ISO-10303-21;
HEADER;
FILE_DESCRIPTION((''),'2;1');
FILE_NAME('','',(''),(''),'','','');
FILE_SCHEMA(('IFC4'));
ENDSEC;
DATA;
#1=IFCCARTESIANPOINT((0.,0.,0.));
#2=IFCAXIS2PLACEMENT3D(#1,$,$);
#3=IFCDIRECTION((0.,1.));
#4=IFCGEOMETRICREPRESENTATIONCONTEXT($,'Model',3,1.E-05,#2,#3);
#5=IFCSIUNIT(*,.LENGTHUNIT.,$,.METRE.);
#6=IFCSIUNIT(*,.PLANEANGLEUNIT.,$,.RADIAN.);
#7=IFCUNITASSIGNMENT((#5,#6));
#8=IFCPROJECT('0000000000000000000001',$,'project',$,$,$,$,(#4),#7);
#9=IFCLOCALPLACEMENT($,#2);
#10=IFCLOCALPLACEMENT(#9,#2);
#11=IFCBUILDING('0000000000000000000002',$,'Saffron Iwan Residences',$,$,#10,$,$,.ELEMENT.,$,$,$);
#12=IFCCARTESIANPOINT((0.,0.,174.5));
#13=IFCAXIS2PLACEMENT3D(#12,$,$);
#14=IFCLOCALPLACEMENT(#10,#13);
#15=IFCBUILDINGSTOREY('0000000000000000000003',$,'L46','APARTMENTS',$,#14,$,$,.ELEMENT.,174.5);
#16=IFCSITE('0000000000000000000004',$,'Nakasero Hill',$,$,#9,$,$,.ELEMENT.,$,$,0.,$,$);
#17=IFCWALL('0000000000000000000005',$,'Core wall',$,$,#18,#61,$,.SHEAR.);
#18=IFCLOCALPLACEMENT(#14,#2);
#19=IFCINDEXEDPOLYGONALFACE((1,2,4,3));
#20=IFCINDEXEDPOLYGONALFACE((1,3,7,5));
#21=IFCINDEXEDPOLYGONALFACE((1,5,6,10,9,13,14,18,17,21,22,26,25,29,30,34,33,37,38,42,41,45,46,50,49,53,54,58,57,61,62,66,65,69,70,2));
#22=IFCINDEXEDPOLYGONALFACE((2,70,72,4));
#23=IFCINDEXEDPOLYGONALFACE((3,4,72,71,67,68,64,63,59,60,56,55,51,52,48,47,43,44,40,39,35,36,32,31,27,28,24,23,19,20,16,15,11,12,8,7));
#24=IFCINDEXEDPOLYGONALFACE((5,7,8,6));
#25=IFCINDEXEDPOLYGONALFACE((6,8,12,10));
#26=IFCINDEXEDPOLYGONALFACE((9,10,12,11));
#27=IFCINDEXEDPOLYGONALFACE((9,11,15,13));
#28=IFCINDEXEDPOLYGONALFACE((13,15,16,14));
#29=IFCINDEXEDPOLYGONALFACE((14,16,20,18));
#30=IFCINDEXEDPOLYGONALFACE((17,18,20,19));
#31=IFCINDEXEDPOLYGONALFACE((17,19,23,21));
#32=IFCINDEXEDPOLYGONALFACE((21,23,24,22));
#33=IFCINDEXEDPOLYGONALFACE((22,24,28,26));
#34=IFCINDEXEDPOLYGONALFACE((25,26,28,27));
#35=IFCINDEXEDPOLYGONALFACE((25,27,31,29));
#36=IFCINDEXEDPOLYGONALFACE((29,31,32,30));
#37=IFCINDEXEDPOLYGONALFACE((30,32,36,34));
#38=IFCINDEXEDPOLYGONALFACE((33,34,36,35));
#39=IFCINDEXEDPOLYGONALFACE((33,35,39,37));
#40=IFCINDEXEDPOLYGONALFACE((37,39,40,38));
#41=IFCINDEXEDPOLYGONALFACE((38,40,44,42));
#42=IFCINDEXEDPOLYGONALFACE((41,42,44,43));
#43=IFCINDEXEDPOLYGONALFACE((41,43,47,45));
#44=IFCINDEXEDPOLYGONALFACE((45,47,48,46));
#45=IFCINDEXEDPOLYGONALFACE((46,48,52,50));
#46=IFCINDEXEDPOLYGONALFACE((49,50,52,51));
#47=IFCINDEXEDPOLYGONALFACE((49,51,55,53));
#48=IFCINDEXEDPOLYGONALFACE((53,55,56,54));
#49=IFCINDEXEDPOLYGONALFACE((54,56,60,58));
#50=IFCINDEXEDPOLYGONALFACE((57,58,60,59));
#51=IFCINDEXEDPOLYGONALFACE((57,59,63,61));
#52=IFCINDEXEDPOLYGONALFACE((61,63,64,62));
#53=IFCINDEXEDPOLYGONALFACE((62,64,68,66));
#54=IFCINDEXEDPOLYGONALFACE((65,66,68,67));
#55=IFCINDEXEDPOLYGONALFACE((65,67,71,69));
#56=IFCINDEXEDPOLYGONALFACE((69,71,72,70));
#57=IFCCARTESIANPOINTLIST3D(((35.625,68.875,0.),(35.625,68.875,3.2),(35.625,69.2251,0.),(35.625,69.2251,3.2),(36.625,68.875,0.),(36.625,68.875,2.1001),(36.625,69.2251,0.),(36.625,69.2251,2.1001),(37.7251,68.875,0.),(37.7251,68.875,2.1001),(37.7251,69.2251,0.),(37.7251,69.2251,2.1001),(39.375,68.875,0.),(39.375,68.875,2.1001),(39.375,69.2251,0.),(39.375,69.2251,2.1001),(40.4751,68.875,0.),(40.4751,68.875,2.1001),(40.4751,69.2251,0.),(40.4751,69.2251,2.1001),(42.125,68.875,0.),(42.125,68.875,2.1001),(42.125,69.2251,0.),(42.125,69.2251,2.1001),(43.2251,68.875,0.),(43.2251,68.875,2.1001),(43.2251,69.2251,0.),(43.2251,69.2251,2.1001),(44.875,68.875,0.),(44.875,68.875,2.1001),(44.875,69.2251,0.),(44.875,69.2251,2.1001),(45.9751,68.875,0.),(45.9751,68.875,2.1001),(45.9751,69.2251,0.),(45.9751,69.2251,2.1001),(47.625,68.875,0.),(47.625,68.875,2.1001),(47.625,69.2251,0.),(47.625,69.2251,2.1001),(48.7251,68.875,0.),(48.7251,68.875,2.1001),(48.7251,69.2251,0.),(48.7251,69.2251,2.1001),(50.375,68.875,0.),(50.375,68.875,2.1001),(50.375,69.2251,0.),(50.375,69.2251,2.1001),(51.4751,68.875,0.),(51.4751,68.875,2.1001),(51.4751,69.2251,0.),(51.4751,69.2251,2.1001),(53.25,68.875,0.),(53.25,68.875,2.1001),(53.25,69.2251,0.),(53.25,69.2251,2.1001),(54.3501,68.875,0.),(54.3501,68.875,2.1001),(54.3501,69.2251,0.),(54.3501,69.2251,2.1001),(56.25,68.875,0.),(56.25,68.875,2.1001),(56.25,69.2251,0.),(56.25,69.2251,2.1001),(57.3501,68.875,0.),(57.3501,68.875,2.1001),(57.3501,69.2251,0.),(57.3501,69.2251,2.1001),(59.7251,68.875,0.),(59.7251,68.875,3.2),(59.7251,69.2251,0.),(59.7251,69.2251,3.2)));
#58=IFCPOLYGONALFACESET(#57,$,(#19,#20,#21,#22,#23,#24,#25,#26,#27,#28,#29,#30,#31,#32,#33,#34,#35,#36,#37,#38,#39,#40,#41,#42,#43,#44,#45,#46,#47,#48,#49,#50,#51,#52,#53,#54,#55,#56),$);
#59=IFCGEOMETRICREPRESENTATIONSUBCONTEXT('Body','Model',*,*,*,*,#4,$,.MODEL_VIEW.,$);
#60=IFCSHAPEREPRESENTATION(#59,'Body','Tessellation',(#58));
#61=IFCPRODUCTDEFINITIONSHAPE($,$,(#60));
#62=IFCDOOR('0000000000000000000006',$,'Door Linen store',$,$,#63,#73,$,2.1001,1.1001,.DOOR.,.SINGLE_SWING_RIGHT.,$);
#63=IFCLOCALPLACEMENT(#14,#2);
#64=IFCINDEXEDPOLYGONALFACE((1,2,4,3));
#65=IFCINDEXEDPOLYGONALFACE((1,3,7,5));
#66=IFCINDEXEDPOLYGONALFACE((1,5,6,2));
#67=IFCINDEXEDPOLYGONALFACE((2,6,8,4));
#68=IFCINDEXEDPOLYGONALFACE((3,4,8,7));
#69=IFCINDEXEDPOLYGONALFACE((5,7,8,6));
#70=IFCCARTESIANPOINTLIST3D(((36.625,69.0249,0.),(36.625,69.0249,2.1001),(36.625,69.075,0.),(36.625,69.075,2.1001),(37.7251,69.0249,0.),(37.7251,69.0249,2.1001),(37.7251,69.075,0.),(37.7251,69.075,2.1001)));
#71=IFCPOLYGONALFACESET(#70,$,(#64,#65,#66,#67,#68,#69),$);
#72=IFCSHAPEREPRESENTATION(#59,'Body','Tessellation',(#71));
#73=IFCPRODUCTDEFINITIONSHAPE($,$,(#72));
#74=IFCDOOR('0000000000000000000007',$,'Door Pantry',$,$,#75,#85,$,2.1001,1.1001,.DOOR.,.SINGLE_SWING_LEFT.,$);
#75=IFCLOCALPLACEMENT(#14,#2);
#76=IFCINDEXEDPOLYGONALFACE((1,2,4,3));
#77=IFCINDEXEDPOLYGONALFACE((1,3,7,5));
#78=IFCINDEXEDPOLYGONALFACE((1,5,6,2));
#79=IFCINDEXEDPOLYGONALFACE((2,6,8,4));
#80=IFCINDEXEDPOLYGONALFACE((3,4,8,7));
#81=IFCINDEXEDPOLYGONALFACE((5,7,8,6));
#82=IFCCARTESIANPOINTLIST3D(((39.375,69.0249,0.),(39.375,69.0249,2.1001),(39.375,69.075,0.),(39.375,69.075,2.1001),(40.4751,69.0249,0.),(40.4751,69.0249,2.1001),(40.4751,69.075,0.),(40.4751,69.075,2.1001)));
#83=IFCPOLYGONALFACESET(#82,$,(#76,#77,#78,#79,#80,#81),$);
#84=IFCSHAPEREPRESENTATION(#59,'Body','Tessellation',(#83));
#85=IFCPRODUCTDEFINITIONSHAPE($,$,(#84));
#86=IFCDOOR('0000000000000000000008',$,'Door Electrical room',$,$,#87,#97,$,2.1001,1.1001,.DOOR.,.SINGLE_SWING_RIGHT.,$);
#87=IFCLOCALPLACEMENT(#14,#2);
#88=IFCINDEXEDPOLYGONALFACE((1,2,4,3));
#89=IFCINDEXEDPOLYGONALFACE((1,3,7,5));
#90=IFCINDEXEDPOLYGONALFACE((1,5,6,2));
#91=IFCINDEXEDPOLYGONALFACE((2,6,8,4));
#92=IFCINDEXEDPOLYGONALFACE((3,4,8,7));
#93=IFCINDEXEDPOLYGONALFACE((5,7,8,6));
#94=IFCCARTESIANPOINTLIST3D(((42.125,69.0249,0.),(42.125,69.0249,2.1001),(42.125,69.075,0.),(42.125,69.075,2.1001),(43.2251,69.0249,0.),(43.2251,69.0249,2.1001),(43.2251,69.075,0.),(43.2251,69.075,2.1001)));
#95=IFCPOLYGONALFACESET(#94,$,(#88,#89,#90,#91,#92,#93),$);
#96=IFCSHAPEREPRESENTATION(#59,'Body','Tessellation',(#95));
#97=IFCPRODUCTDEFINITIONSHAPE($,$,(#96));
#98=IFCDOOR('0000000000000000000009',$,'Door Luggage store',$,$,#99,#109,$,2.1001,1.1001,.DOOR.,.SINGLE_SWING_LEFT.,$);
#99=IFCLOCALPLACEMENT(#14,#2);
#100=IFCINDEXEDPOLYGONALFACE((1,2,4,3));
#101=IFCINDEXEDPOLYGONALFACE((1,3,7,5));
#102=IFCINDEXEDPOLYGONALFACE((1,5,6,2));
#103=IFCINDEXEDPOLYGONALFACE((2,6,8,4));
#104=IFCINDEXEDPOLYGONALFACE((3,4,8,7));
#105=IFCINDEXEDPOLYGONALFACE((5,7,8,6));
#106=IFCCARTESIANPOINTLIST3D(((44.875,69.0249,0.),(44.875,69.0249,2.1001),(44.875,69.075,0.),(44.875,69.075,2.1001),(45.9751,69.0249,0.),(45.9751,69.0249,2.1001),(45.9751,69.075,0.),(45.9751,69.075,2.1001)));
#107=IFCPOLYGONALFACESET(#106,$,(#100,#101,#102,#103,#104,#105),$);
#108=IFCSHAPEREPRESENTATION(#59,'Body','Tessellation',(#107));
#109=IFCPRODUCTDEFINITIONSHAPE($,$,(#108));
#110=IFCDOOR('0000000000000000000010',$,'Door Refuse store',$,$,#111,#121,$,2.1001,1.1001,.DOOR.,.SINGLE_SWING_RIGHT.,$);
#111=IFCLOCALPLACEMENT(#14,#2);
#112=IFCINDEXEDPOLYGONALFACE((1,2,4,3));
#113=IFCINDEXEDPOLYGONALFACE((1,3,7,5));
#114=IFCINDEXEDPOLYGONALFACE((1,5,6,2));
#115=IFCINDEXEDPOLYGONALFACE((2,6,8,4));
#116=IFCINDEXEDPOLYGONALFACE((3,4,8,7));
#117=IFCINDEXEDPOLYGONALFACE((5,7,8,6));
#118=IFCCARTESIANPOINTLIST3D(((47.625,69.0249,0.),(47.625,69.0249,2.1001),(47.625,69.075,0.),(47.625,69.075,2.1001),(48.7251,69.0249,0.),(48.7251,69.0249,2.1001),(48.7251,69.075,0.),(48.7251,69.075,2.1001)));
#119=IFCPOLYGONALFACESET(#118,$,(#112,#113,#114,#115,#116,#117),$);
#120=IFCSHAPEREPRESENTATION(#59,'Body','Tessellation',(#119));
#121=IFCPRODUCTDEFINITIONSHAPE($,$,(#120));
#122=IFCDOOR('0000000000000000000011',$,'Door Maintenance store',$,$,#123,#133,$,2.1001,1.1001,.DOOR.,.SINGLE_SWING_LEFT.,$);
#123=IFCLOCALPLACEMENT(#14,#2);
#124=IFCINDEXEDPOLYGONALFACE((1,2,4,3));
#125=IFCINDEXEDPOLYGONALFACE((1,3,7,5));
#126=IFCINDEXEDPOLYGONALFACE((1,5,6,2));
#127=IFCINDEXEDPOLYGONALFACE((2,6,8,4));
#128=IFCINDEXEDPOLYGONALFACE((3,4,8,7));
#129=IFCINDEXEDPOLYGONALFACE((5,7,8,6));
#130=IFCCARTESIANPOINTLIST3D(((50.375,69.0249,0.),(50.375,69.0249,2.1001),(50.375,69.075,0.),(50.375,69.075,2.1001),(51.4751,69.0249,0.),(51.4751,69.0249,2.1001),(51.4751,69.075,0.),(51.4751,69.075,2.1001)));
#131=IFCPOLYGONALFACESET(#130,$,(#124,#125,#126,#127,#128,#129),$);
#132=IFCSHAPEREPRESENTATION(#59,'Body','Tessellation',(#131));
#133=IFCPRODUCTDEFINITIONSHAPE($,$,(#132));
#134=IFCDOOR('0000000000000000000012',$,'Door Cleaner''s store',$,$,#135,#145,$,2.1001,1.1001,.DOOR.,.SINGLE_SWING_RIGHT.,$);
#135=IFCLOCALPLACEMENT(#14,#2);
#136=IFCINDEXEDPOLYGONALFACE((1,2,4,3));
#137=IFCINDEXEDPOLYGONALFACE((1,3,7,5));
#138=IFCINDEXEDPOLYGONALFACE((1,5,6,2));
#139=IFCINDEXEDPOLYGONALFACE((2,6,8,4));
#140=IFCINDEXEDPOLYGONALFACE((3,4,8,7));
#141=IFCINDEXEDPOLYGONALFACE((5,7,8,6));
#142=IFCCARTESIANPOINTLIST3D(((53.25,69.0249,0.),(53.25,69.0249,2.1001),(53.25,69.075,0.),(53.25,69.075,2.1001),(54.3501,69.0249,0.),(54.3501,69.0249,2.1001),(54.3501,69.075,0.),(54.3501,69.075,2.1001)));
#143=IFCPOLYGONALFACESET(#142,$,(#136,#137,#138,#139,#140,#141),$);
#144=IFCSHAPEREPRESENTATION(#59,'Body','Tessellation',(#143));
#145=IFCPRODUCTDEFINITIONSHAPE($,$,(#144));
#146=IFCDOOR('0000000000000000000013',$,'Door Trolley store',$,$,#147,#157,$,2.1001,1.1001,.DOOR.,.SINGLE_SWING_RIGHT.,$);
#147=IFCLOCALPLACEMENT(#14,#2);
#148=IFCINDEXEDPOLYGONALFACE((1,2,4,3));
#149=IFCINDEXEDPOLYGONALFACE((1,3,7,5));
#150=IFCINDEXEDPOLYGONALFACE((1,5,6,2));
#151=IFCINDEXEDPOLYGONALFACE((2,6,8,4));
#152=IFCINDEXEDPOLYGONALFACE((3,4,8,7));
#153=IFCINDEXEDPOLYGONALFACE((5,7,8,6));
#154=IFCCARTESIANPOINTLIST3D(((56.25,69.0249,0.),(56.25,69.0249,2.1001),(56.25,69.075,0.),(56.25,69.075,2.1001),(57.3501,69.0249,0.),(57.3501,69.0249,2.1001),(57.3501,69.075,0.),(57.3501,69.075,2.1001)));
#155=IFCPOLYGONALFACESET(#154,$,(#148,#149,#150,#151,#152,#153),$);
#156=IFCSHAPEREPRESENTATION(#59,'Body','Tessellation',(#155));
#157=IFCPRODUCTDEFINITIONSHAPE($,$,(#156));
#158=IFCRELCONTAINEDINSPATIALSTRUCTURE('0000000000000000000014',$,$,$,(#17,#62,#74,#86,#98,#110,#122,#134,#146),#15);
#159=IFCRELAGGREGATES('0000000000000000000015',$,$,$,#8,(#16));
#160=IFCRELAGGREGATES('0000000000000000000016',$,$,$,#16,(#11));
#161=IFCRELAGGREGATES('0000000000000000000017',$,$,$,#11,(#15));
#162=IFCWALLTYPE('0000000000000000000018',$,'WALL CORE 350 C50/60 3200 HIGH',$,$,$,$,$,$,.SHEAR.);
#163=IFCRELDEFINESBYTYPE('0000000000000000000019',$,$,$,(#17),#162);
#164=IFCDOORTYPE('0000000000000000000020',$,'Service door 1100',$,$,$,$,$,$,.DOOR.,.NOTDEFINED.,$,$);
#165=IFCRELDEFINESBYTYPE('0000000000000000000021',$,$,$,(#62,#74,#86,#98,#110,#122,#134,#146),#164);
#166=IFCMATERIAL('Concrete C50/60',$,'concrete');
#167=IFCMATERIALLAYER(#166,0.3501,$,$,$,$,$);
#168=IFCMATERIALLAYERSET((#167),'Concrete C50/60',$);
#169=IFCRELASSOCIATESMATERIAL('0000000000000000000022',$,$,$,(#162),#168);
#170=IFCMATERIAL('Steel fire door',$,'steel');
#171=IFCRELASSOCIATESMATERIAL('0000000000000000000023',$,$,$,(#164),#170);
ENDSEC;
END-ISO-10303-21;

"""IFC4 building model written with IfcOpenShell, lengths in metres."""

from ifc_helpers import new_model, si_unit, direction, frame, frame_2d, origin, place, context, subcontext, project, spatial, rectangle, extrude, material, layer, layer_set, type_object, element, fill, save


model = new_model("IFC4")

# Units and contexts
model_context = context("Model", 3, precision=1e-05, world=origin(), true_north=direction((0.0, 1.0)))
body_context = subcontext(model_context, "Body", "Model", "MODEL_VIEW")
ifc_project = project(units=[si_unit("LENGTHUNIT", "METRE"), si_unit("PLANEANGLEUNIT", "RADIAN")], contexts=[model_context])

# Site, building, storey
site_placement = place(None, origin())
site = spatial("IfcSite", under=ifc_project, at=site_placement, Name="Nakasero Hill", CompositionType="ELEMENT", RefElevation=0.0)
building_placement = place(site_placement, origin())
building = spatial("IfcBuilding", under=site, at=building_placement, Name="Saffron Iwan Residences", CompositionType="ELEMENT")
storey_placement = place(building_placement, frame((0.0, 0.0, 174.5)))
storey = spatial("IfcBuildingStorey", under=building, at=storey_placement, Name="L46", Description="APARTMENTS", CompositionType="ELEMENT", Elevation=174.5)

# Shared definitions
ifc_material_1 = material(Name="Concrete C50/60", Category="concrete")

# Wall, openings, doors
ifc_layer_1 = layer(ifc_material_1, 0.3501)
ifc_layer_set_1 = layer_set([ifc_layer_1], Name="Concrete C50/60")
wall_type_1 = type_object("IfcWallType", Name="WALL CORE 350 C50/60 3200 HIGH", PredefinedType="SHEAR", material=ifc_layer_set_1)
wall_1_placement = place(storey_placement, frame((35.625, 69.05, 0.0), z_axis=(0.0, 0.0, 1.0), x_axis=(1.0, 0.0, 0.0)))
wall_1 = element("IfcWall", 1, at=wall_1_placement, inside=storey, type_object=wall_type_1, Name="Core wall", PredefinedType="SHEAR", context=body_context, shape_type="SweptSolid", body=[
    extrude(rectangle(XDim=24.1001, YDim=0.3501, at=frame_2d((12.05, 0.0))), origin(), (0.0, 0.0, 1.0), 3.2),
])
opening_1_placement = place(wall_1_placement, frame((1.0, 0.0, 0.0)))
opening_1 = element("IfcOpeningElement", 2, at=opening_1_placement, cuts=wall_1, PredefinedType="OPENING", context=body_context, shape_type="SweptSolid", body=[
    extrude(rectangle(XDim=1.1001, YDim=2.1001, at=frame_2d((0.55, 1.05))), frame((0.0, 0.1851, 0.0), z_axis=(0.0, -1.0, 0.0), x_axis=(1.0, 0.0, 0.0)), (0.0, 0.0, 1.0), 0.3701),
])
opening_2_placement = place(wall_1_placement, frame((3.75, 0.0, 0.0)))
opening_2 = element("IfcOpeningElement", 3, at=opening_2_placement, cuts=wall_1, PredefinedType="OPENING", context=body_context, shape_type="SweptSolid", body=[
    extrude(rectangle(XDim=1.1001, YDim=2.1001, at=frame_2d((0.55, 1.05))), frame((0.0, 0.1851, 0.0), z_axis=(0.0, -1.0, 0.0), x_axis=(1.0, 0.0, 0.0)), (0.0, 0.0, 1.0), 0.3701),
])
opening_3_placement = place(wall_1_placement, frame((6.5, 0.0, 0.0)))
opening_3 = element("IfcOpeningElement", 4, at=opening_3_placement, cuts=wall_1, PredefinedType="OPENING", context=body_context, shape_type="SweptSolid", body=[
    extrude(rectangle(XDim=1.1001, YDim=2.1001, at=frame_2d((0.55, 1.05))), frame((0.0, 0.1851, 0.0), z_axis=(0.0, -1.0, 0.0), x_axis=(1.0, 0.0, 0.0)), (0.0, 0.0, 1.0), 0.3701),
])
opening_4_placement = place(wall_1_placement, frame((9.25, 0.0, 0.0)))
opening_4 = element("IfcOpeningElement", 5, at=opening_4_placement, cuts=wall_1, PredefinedType="OPENING", context=body_context, shape_type="SweptSolid", body=[
    extrude(rectangle(XDim=1.1001, YDim=2.1001, at=frame_2d((0.55, 1.05))), frame((0.0, 0.1851, 0.0), z_axis=(0.0, -1.0, 0.0), x_axis=(1.0, 0.0, 0.0)), (0.0, 0.0, 1.0), 0.3701),
])
opening_5_placement = place(wall_1_placement, frame((12.0, 0.0, 0.0)))
opening_5 = element("IfcOpeningElement", 6, at=opening_5_placement, cuts=wall_1, PredefinedType="OPENING", context=body_context, shape_type="SweptSolid", body=[
    extrude(rectangle(XDim=1.1001, YDim=2.1001, at=frame_2d((0.55, 1.05))), frame((0.0, 0.1851, 0.0), z_axis=(0.0, -1.0, 0.0), x_axis=(1.0, 0.0, 0.0)), (0.0, 0.0, 1.0), 0.3701),
])
opening_6_placement = place(wall_1_placement, frame((14.75, 0.0, 0.0)))
opening_6 = element("IfcOpeningElement", 7, at=opening_6_placement, cuts=wall_1, PredefinedType="OPENING", context=body_context, shape_type="SweptSolid", body=[
    extrude(rectangle(XDim=1.1001, YDim=2.1001, at=frame_2d((0.55, 1.05))), frame((0.0, 0.1851, 0.0), z_axis=(0.0, -1.0, 0.0), x_axis=(1.0, 0.0, 0.0)), (0.0, 0.0, 1.0), 0.3701),
])
opening_7_placement = place(wall_1_placement, frame((17.625, 0.0, 0.0)))
opening_7 = element("IfcOpeningElement", 8, at=opening_7_placement, cuts=wall_1, PredefinedType="OPENING", context=body_context, shape_type="SweptSolid", body=[
    extrude(rectangle(XDim=1.1001, YDim=2.1001, at=frame_2d((0.55, 1.05))), frame((0.0, 0.1851, 0.0), z_axis=(0.0, -1.0, 0.0), x_axis=(1.0, 0.0, 0.0)), (0.0, 0.0, 1.0), 0.3701),
])
opening_8_placement = place(wall_1_placement, frame((20.625, 0.0, 0.0)))
opening_8 = element("IfcOpeningElement", 9, at=opening_8_placement, cuts=wall_1, PredefinedType="OPENING", context=body_context, shape_type="SweptSolid", body=[
    extrude(rectangle(XDim=1.1001, YDim=2.1001, at=frame_2d((0.55, 1.05))), frame((0.0, 0.1851, 0.0), z_axis=(0.0, -1.0, 0.0), x_axis=(1.0, 0.0, 0.0)), (0.0, 0.0, 1.0), 0.3701),
])
ifc_material_2 = material(Name="Steel fire door", Category="steel")
door_type = type_object("IfcDoorType", Name="Service door 1100", OperationType="NOTDEFINED", PredefinedType="DOOR", material=ifc_material_2)
door_1_placement = place(opening_1_placement, origin())
door_1 = element("IfcDoor", 10, at=door_1_placement, inside=storey, type_object=door_type, Name="Door Linen store", OperationType="SINGLE_SWING_RIGHT", OverallHeight=2.1001, OverallWidth=1.1001, PredefinedType="DOOR", context=body_context, shape_type="SweptSolid", body=[
    extrude(rectangle(XDim=1.1001, YDim=2.1001, at=frame_2d((0.55, 1.05))), frame((0.0, 0.0249, 0.0), z_axis=(0.0, -1.0, 0.0), x_axis=(1.0, 0.0, 0.0)), (0.0, 0.0, 1.0), 0.05),
])
fill(opening_1, door_1)
door_2_placement = place(opening_2_placement, origin())
door_2 = element("IfcDoor", 11, at=door_2_placement, inside=storey, type_object=door_type, Name="Door Pantry", OperationType="SINGLE_SWING_LEFT", OverallHeight=2.1001, OverallWidth=1.1001, PredefinedType="DOOR", context=body_context, shape_type="SweptSolid", body=[
    extrude(rectangle(XDim=1.1001, YDim=2.1001, at=frame_2d((0.55, 1.05))), frame((0.0, 0.0249, 0.0), z_axis=(0.0, -1.0, 0.0), x_axis=(1.0, 0.0, 0.0)), (0.0, 0.0, 1.0), 0.05),
])
fill(opening_2, door_2)
door_3_placement = place(opening_3_placement, origin())
door_3 = element("IfcDoor", 12, at=door_3_placement, inside=storey, type_object=door_type, Name="Door Electrical room", OperationType="SINGLE_SWING_RIGHT", OverallHeight=2.1001, OverallWidth=1.1001, PredefinedType="DOOR", context=body_context, shape_type="SweptSolid", body=[
    extrude(rectangle(XDim=1.1001, YDim=2.1001, at=frame_2d((0.55, 1.05))), frame((0.0, 0.0249, 0.0), z_axis=(0.0, -1.0, 0.0), x_axis=(1.0, 0.0, 0.0)), (0.0, 0.0, 1.0), 0.05),
])
fill(opening_3, door_3)
door_4_placement = place(opening_4_placement, origin())
door_4 = element("IfcDoor", 13, at=door_4_placement, inside=storey, type_object=door_type, Name="Door Luggage store", OperationType="SINGLE_SWING_LEFT", OverallHeight=2.1001, OverallWidth=1.1001, PredefinedType="DOOR", context=body_context, shape_type="SweptSolid", body=[
    extrude(rectangle(XDim=1.1001, YDim=2.1001, at=frame_2d((0.55, 1.05))), frame((0.0, 0.0249, 0.0), z_axis=(0.0, -1.0, 0.0), x_axis=(1.0, 0.0, 0.0)), (0.0, 0.0, 1.0), 0.05),
])
fill(opening_4, door_4)
door_5_placement = place(opening_5_placement, origin())
door_5 = element("IfcDoor", 14, at=door_5_placement, inside=storey, type_object=door_type, Name="Door Refuse store", OperationType="SINGLE_SWING_RIGHT", OverallHeight=2.1001, OverallWidth=1.1001, PredefinedType="DOOR", context=body_context, shape_type="SweptSolid", body=[
    extrude(rectangle(XDim=1.1001, YDim=2.1001, at=frame_2d((0.55, 1.05))), frame((0.0, 0.0249, 0.0), z_axis=(0.0, -1.0, 0.0), x_axis=(1.0, 0.0, 0.0)), (0.0, 0.0, 1.0), 0.05),
])
fill(opening_5, door_5)
door_6_placement = place(opening_6_placement, origin())
door_6 = element("IfcDoor", 15, at=door_6_placement, inside=storey, type_object=door_type, Name="Door Maintenance store", OperationType="SINGLE_SWING_LEFT", OverallHeight=2.1001, OverallWidth=1.1001, PredefinedType="DOOR", context=body_context, shape_type="SweptSolid", body=[
    extrude(rectangle(XDim=1.1001, YDim=2.1001, at=frame_2d((0.55, 1.05))), frame((0.0, 0.0249, 0.0), z_axis=(0.0, -1.0, 0.0), x_axis=(1.0, 0.0, 0.0)), (0.0, 0.0, 1.0), 0.05),
])
fill(opening_6, door_6)
door_7_placement = place(opening_7_placement, origin())
door_7 = element("IfcDoor", 16, at=door_7_placement, inside=storey, type_object=door_type, Name="Door Cleaner's store", OperationType="SINGLE_SWING_RIGHT", OverallHeight=2.1001, OverallWidth=1.1001, PredefinedType="DOOR", context=body_context, shape_type="SweptSolid", body=[
    extrude(rectangle(XDim=1.1001, YDim=2.1001, at=frame_2d((0.55, 1.05))), frame((0.0, 0.0249, 0.0), z_axis=(0.0, -1.0, 0.0), x_axis=(1.0, 0.0, 0.0)), (0.0, 0.0, 1.0), 0.05),
])
fill(opening_7, door_7)
door_8_placement = place(opening_8_placement, origin())
door_8 = element("IfcDoor", 17, at=door_8_placement, inside=storey, type_object=door_type, Name="Door Trolley store", OperationType="SINGLE_SWING_RIGHT", OverallHeight=2.1001, OverallWidth=1.1001, PredefinedType="DOOR", context=body_context, shape_type="SweptSolid", body=[
    extrude(rectangle(XDim=1.1001, YDim=2.1001, at=frame_2d((0.55, 1.05))), frame((0.0, 0.0249, 0.0), z_axis=(0.0, -1.0, 0.0), x_axis=(1.0, 0.0, 0.0)), (0.0, 0.0, 1.0), 0.05),
])
fill(opening_8, door_8)

save(model, "model.ifc")
